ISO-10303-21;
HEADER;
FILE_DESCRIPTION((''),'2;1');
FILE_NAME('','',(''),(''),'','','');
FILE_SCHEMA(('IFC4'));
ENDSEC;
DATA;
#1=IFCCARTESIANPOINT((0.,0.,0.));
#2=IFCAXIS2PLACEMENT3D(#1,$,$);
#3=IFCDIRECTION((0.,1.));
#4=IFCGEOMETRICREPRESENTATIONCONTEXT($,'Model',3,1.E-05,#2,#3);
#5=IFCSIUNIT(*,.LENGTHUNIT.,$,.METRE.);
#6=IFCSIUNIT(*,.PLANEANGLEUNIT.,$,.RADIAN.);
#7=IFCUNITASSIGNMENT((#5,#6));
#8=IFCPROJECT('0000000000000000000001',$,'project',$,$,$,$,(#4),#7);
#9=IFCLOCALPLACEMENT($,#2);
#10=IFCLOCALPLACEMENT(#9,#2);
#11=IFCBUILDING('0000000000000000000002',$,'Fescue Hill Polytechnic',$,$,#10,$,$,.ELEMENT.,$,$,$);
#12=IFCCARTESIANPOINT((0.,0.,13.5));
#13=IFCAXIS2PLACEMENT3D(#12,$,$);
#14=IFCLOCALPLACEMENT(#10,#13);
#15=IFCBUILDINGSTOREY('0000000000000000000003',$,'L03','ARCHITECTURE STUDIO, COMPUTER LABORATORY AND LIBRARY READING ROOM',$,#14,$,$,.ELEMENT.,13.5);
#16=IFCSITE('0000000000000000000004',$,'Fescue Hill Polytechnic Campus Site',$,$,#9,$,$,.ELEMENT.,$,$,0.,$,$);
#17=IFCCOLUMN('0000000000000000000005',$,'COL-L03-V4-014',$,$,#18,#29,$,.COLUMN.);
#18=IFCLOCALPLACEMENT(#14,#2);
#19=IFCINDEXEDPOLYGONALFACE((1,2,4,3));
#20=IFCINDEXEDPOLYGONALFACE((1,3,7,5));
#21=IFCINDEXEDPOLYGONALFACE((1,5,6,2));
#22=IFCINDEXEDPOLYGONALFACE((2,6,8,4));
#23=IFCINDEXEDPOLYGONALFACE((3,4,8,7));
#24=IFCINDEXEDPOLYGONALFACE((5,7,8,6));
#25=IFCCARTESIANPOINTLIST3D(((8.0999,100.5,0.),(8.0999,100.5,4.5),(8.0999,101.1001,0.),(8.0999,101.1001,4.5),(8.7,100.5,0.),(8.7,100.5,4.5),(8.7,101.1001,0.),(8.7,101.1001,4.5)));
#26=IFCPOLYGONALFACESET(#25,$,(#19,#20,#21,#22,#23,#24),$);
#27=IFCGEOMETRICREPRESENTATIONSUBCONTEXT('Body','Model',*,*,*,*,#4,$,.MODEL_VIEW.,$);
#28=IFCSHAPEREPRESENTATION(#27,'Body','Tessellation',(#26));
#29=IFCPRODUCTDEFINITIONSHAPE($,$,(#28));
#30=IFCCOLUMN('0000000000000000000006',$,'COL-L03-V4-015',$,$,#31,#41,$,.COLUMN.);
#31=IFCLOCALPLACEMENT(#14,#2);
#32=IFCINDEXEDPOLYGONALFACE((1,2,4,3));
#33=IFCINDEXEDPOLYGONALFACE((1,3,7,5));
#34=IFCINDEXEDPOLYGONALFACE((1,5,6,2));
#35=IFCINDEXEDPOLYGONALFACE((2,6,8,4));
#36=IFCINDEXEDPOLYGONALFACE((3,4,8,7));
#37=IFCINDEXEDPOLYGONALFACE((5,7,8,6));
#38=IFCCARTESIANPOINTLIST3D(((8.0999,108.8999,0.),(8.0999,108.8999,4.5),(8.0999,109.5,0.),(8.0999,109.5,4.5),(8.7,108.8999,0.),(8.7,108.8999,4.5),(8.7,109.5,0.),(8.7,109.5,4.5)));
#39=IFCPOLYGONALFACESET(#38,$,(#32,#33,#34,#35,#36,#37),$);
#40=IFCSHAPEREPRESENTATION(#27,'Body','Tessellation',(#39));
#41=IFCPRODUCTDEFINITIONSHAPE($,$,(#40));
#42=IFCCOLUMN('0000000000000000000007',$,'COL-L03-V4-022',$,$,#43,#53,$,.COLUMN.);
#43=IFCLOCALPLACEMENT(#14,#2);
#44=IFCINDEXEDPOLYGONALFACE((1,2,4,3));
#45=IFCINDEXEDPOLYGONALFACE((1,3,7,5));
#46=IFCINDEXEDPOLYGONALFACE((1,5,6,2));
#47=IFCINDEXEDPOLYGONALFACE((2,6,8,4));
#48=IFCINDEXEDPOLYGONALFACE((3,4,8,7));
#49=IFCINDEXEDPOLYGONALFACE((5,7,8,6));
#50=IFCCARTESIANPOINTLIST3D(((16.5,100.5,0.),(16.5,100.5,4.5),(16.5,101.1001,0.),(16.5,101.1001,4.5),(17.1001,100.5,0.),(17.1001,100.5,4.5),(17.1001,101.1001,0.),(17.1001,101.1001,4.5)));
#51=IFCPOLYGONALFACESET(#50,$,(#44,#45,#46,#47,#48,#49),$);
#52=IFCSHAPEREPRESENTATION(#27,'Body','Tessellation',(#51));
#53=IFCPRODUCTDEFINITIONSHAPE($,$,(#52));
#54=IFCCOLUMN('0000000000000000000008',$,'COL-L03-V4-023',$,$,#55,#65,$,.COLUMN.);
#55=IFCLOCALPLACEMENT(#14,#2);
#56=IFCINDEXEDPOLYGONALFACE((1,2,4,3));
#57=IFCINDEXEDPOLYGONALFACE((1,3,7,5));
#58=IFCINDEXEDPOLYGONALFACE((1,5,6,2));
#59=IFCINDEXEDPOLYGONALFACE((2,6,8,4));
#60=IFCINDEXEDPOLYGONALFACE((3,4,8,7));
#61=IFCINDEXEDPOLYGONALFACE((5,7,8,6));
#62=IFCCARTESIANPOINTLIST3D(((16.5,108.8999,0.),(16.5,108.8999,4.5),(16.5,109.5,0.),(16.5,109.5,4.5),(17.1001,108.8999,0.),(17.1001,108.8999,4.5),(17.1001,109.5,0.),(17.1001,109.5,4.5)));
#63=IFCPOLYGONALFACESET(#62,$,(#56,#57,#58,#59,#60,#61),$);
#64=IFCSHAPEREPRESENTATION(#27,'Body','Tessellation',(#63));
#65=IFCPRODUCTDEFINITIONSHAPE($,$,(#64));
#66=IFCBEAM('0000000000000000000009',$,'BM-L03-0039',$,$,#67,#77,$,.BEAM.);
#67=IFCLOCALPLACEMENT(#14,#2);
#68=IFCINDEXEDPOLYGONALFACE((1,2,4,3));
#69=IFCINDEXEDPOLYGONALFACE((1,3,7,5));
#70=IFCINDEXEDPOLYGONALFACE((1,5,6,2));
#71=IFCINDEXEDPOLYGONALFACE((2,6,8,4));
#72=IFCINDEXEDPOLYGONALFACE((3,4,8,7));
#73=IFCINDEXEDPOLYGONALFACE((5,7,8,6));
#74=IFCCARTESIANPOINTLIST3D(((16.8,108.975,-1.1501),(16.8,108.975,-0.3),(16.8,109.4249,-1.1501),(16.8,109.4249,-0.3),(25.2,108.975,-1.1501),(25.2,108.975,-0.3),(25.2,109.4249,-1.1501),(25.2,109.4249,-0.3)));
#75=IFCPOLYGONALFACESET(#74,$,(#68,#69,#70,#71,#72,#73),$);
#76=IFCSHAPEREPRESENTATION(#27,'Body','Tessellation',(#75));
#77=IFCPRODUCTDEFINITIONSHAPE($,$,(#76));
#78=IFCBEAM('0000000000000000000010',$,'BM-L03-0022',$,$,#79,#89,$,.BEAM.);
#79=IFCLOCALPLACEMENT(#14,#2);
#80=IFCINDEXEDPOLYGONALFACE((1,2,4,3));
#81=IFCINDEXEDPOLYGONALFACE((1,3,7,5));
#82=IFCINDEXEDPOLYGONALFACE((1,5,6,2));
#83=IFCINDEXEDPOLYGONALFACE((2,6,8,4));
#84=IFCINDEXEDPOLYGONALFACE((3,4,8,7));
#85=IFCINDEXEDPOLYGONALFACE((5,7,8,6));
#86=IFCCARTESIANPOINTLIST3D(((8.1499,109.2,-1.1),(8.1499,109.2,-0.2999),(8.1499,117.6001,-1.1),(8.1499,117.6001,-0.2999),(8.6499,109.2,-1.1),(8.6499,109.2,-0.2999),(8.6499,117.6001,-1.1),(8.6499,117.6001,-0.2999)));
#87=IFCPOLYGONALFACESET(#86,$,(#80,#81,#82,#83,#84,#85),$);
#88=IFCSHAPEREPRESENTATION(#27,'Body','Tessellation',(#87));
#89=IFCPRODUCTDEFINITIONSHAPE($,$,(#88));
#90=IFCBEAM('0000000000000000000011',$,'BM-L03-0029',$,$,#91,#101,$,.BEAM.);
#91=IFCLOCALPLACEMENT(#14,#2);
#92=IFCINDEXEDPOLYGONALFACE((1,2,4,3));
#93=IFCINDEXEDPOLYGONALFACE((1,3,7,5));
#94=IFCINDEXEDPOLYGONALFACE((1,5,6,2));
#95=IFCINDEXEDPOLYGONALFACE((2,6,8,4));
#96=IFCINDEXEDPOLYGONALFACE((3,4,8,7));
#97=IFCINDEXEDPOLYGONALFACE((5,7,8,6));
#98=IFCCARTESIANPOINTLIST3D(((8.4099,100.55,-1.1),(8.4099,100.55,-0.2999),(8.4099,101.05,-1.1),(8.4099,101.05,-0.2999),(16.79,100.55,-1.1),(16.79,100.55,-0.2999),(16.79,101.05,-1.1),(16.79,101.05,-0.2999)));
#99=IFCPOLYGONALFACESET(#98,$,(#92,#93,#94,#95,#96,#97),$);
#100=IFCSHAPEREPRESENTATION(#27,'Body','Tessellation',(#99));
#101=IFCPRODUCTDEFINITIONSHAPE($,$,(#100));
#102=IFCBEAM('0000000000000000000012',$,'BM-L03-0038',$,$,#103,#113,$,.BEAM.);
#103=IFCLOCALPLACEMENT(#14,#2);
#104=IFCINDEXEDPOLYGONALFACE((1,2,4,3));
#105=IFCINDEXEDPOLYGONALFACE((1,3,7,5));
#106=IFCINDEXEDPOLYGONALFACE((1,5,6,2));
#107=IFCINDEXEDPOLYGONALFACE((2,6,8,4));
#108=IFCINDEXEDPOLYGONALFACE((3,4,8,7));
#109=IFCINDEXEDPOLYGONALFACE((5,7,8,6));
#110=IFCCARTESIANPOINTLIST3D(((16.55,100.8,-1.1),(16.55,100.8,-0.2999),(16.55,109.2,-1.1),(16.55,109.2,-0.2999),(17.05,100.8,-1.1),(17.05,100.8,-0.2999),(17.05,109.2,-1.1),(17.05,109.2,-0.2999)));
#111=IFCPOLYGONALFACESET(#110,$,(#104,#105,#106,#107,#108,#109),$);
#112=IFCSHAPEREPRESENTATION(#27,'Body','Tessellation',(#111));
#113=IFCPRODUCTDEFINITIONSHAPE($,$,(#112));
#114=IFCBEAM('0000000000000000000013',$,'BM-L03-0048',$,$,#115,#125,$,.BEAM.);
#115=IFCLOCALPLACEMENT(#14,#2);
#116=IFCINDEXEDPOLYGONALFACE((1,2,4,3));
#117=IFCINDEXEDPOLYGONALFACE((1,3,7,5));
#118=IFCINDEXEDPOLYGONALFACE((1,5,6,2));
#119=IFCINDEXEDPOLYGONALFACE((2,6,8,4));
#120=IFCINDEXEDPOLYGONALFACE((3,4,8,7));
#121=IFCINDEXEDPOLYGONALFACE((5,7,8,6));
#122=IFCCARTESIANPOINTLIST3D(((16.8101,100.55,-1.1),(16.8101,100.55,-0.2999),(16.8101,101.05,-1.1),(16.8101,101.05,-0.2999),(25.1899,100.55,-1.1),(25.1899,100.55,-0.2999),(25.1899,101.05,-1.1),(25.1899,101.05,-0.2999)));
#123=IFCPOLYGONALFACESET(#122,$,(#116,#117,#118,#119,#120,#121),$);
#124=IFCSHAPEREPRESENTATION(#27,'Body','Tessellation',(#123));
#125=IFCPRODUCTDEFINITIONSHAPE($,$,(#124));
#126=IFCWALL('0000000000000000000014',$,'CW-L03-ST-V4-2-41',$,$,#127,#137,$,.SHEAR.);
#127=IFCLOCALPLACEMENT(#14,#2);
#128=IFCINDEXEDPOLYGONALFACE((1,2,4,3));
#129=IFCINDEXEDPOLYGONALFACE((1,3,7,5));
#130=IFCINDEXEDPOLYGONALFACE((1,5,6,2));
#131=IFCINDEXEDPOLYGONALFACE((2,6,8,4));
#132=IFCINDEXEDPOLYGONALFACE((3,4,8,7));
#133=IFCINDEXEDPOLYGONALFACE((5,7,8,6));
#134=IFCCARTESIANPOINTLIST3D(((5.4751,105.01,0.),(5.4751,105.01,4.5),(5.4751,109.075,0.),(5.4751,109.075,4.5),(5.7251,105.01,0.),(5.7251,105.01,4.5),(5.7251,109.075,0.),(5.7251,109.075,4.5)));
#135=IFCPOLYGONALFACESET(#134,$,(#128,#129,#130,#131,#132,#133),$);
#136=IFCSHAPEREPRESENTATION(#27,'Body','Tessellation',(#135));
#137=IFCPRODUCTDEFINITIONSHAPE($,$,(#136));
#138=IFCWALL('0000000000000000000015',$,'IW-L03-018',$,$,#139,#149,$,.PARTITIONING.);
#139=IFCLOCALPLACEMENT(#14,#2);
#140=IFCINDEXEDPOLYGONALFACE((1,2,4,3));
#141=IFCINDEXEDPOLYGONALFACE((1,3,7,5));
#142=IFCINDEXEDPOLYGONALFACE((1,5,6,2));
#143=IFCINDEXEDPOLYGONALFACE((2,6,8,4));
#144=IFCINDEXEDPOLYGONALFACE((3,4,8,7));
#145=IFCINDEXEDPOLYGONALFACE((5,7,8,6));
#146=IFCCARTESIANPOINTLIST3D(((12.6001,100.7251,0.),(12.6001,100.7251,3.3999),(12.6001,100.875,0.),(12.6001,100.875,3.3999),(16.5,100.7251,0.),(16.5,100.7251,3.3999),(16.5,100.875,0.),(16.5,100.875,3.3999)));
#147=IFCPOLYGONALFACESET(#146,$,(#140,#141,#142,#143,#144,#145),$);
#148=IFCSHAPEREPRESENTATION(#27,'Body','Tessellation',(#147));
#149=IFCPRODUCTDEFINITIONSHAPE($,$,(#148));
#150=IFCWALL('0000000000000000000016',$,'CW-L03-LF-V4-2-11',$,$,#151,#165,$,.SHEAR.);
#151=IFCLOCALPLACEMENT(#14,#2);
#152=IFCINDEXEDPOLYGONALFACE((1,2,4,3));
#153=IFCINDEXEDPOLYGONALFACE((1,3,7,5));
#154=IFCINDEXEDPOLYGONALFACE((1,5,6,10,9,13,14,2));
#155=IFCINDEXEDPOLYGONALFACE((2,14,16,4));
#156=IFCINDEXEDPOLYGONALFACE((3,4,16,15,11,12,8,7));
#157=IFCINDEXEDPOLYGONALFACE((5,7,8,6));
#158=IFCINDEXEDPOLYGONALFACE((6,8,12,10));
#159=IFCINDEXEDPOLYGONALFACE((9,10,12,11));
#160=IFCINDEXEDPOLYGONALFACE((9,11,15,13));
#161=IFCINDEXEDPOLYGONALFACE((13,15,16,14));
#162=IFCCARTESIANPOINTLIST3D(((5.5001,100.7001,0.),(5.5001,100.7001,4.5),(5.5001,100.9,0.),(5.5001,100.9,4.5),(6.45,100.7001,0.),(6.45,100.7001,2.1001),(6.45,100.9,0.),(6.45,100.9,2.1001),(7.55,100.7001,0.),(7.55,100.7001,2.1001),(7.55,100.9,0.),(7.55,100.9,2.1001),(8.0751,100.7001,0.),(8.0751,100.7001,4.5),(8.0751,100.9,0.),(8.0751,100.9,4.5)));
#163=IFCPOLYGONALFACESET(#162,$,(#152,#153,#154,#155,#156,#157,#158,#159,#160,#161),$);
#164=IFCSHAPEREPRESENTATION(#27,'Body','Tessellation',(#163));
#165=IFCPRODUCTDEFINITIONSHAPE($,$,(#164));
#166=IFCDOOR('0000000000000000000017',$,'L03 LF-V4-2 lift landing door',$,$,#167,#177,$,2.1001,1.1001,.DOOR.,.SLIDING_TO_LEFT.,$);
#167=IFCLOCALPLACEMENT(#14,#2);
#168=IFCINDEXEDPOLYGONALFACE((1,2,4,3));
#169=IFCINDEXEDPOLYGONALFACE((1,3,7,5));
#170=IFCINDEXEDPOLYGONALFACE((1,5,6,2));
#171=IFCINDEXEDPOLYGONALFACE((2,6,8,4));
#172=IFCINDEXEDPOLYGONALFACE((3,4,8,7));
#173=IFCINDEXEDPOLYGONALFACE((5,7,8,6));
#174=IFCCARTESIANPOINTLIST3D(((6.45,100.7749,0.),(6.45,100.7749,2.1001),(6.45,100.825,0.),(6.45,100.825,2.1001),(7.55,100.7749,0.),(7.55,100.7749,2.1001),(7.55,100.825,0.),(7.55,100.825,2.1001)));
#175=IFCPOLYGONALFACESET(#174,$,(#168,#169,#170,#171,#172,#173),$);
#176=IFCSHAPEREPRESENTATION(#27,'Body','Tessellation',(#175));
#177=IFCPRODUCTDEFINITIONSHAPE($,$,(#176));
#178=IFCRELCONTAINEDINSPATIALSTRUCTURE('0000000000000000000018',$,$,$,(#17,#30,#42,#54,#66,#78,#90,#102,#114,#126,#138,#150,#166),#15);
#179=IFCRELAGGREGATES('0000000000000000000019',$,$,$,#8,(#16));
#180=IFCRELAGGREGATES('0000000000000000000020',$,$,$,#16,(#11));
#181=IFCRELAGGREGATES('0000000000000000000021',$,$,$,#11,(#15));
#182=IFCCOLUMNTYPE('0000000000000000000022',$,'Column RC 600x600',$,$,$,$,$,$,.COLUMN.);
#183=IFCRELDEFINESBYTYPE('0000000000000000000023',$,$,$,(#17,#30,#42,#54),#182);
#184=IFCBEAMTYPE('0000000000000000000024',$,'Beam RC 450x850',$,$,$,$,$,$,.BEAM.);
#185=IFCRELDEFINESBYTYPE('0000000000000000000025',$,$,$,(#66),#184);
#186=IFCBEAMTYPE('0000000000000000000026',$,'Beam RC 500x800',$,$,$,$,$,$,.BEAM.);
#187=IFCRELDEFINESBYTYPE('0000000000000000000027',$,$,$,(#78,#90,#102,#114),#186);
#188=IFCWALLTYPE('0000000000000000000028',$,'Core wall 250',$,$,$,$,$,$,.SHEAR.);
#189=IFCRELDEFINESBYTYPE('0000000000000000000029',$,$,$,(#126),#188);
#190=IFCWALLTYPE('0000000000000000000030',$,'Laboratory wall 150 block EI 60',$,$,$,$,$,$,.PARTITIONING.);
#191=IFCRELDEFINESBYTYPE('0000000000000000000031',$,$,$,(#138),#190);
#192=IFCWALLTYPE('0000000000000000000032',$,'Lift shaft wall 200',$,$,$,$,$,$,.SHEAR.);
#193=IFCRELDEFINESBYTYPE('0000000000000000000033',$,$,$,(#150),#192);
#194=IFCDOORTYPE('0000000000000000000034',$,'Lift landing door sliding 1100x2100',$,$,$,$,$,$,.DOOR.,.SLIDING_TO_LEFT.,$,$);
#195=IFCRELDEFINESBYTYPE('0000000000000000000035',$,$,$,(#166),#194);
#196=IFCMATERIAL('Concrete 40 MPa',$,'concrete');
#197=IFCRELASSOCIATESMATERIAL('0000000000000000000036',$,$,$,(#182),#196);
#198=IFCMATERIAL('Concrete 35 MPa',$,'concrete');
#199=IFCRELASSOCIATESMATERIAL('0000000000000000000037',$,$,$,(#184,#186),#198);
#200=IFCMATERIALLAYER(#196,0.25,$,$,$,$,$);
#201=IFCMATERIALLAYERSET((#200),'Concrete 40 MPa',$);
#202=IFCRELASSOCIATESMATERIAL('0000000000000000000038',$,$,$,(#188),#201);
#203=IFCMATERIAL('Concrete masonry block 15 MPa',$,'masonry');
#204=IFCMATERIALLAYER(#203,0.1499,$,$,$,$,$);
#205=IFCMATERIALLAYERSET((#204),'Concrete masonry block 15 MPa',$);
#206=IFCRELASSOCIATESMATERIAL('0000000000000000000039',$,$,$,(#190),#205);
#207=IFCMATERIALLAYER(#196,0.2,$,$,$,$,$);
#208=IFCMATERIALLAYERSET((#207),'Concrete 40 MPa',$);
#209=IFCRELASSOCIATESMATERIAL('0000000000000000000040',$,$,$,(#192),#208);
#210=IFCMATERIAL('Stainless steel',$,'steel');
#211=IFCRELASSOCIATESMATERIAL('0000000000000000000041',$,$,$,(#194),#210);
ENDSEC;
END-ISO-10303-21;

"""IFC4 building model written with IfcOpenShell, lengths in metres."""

from ifc_helpers import new_model, si_unit, direction, frame, frame_2d, origin, origin_2d, place, context, subcontext, project, spatial, rectangle, extrude, material, layer, layer_set, material_profile, profile_set, type_object, element, fill, save


model = new_model("IFC4")

# Units and contexts
model_context = context("Model", 3, precision=1e-05, world=origin(), true_north=direction((0.0, 1.0)))
body_context = subcontext(model_context, "Body", "Model", "MODEL_VIEW")
ifc_project = project(units=[si_unit("LENGTHUNIT", "METRE"), si_unit("PLANEANGLEUNIT", "RADIAN")], contexts=[model_context])

# Site, building, storey
site_placement = place(None, origin())
site = spatial("IfcSite", under=ifc_project, at=site_placement, Name="Fescue Hill Polytechnic Campus Site", CompositionType="ELEMENT", RefElevation=0.0)
building_placement = place(site_placement, origin())
building = spatial("IfcBuilding", under=site, at=building_placement, Name="Fescue Hill Polytechnic", CompositionType="ELEMENT")
storey_placement = place(building_placement, frame((0.0, 0.0, 13.5)))
storey = spatial("IfcBuildingStorey", under=building, at=storey_placement, Name="L03", Description="ARCHITECTURE STUDIO, COMPUTER LABORATORY AND LIBRARY READING ROOM", CompositionType="ELEMENT", Elevation=13.5)

# Columns
ifc_material_1 = material(Name="Concrete 40 MPa", Category="concrete")
ifc_material_profile_1 = material_profile(ifc_material_1, rectangle(XDim=0.6001, YDim=0.6001, at=origin_2d()), Name="RC 600x600")
ifc_profile_set_1 = profile_set([ifc_material_profile_1], Name="Concrete 40 MPa")
column_type = type_object("IfcColumnType", Name="Column RC 600x600", PredefinedType="COLUMN", material=ifc_profile_set_1)
for number, where, z_axis, x_axis, name in (
    (1, (8.3999, 100.8, 0.0), (0.0, 0.0, 1.0), (1.0, 0.0, 0.0), "COL-L03-V4-014"),
    (2, (8.3999, 109.2, 0.0), (0.0, 0.0, 1.0), (1.0, 0.0, 0.0), "COL-L03-V4-015"),
    (3, (16.8, 100.8, 0.0), (0.0, 0.0, 1.0), (1.0, 0.0, 0.0), "COL-L03-V4-022"),
    (4, (16.8, 109.2, 0.0), (0.0, 0.0, 1.0), (1.0, 0.0, 0.0), "COL-L03-V4-023"),
):
    element("IfcColumn", number, at=place(storey_placement, frame(where, z_axis=z_axis, x_axis=x_axis)), inside=storey, type_object=column_type, Name=name, PredefinedType="COLUMN", context=body_context, shape_type="SweptSolid", body=[
        extrude(rectangle(XDim=0.6001, YDim=0.6001, at=origin_2d()), origin(), (0.0, 0.0, 1.0), 4.5),
    ])

# Beams
ifc_material_2 = material(Name="Concrete 35 MPa", Category="concrete")
ifc_material_profile_2 = material_profile(ifc_material_2, rectangle(XDim=0.45, YDim=0.8501, at=origin_2d()), Name="RC 450x850")
ifc_profile_set_2 = profile_set([ifc_material_profile_2], Name="Concrete 35 MPa")
beam_type_1 = type_object("IfcBeamType", Name="Beam RC 450x850", PredefinedType="BEAM", material=ifc_profile_set_2)
beam_1_placement = place(storey_placement, frame((16.8, 109.2, -0.7251), z_axis=(1.0, 0.0, 0.0), x_axis=(0.0, 1.0, 0.0)))
element("IfcBeam", 5, at=beam_1_placement, inside=storey, type_object=beam_type_1, Name="BM-L03-0039", PredefinedType="BEAM", context=body_context, shape_type="SweptSolid", body=[
    extrude(rectangle(XDim=0.45, YDim=0.8501, at=origin_2d()), origin(), (0.0, 0.0, 1.0), 8.3999),
])
ifc_material_profile_3 = material_profile(ifc_material_2, rectangle(XDim=0.5, YDim=0.8, at=origin_2d()), Name="RC 500x800")
ifc_profile_set_3 = profile_set([ifc_material_profile_3], Name="Concrete 35 MPa")
beam_type_2 = type_object("IfcBeamType", Name="Beam RC 500x800", PredefinedType="BEAM", material=ifc_profile_set_3)
beam_2_placement = place(storey_placement, frame((8.3999, 109.2, -0.7), z_axis=(0.0, 1.0, 0.0), x_axis=(-1.0, 0.0, 0.0)))
element("IfcBeam", 6, at=beam_2_placement, inside=storey, type_object=beam_type_2, Name="BM-L03-0022", PredefinedType="BEAM", context=body_context, shape_type="SweptSolid", body=[
    extrude(rectangle(XDim=0.5, YDim=0.8, at=origin_2d()), origin(), (0.0, 0.0, 1.0), 8.4001),
])
beam_3_placement = place(storey_placement, frame((8.4099, 100.8, -0.7), z_axis=(1.0, 0.0, 0.0), x_axis=(0.0, 1.0, 0.0)))
element("IfcBeam", 7, at=beam_3_placement, inside=storey, type_object=beam_type_2, Name="BM-L03-0029", PredefinedType="BEAM", context=body_context, shape_type="SweptSolid", body=[
    extrude(rectangle(XDim=0.5, YDim=0.8, at=origin_2d()), origin(), (0.0, 0.0, 1.0), 8.3801),
])
beam_4_placement = place(storey_placement, frame((16.8, 100.8, -0.7), z_axis=(0.0, 1.0, 0.0), x_axis=(-1.0, 0.0, 0.0)))
element("IfcBeam", 8, at=beam_4_placement, inside=storey, type_object=beam_type_2, Name="BM-L03-0038", PredefinedType="BEAM", context=body_context, shape_type="SweptSolid", body=[
    extrude(rectangle(XDim=0.5, YDim=0.8, at=origin_2d()), origin(), (0.0, 0.0, 1.0), 8.3999),
])
beam_5_placement = place(storey_placement, frame((16.8101, 100.8, -0.7), z_axis=(1.0, 0.0, 0.0), x_axis=(0.0, 1.0, 0.0)))
element("IfcBeam", 9, at=beam_5_placement, inside=storey, type_object=beam_type_2, Name="BM-L03-0048", PredefinedType="BEAM", context=body_context, shape_type="SweptSolid", body=[
    extrude(rectangle(XDim=0.5, YDim=0.8, at=origin_2d()), origin(), (0.0, 0.0, 1.0), 8.3799),
])

# Walls
ifc_layer_1 = layer(ifc_material_1, 0.25)
ifc_layer_set_1 = layer_set([ifc_layer_1], Name="Concrete 40 MPa")
wall_type_1 = type_object("IfcWallType", Name="Core wall 250", PredefinedType="SHEAR", material=ifc_layer_set_1)
wall_1_placement = place(storey_placement, frame((5.6001, 105.01, 0.0), z_axis=(0.0, 0.0, 1.0), x_axis=(0.0, 1.0, 0.0)))
element("IfcWall", 10, at=wall_1_placement, inside=storey, type_object=wall_type_1, Name="CW-L03-ST-V4-2-41", PredefinedType="SHEAR", context=body_context, shape_type="SweptSolid", body=[
    extrude(rectangle(XDim=4.0649, YDim=0.25, at=frame_2d((2.0325, 0.0))), origin(), (0.0, 0.0, 1.0), 4.5),
])
ifc_material_3 = material(Name="Concrete masonry block 15 MPa", Category="masonry")
ifc_layer_2 = layer(ifc_material_3, 0.1499)
ifc_layer_set_2 = layer_set([ifc_layer_2], Name="Concrete masonry block 15 MPa")
wall_type_2 = type_object("IfcWallType", Name="Laboratory wall 150 block EI 60", PredefinedType="PARTITIONING", material=ifc_layer_set_2)
wall_2_placement = place(storey_placement, frame((12.6001, 100.8, 0.0), z_axis=(0.0, 0.0, 1.0), x_axis=(1.0, 0.0, 0.0)))
element("IfcWall", 11, at=wall_2_placement, inside=storey, type_object=wall_type_2, Name="IW-L03-018", PredefinedType="PARTITIONING", context=body_context, shape_type="SweptSolid", body=[
    extrude(rectangle(XDim=3.8999, YDim=0.1499, at=frame_2d((1.95, 0.0))), origin(), (0.0, 0.0, 1.0), 3.3999),
])

# Wall, opening, door
ifc_layer_3 = layer(ifc_material_1, 0.2)
ifc_layer_set_3 = layer_set([ifc_layer_3], Name="Concrete 40 MPa")
wall_type_3 = type_object("IfcWallType", Name="Lift shaft wall 200", PredefinedType="SHEAR", material=ifc_layer_set_3)
wall_3_placement = place(storey_placement, frame((5.5, 100.8, 0.0), z_axis=(0.0, 0.0, 1.0), x_axis=(1.0, 0.0, 0.0)))
wall_3 = element("IfcWall", 12, at=wall_3_placement, inside=storey, type_object=wall_type_3, Name="CW-L03-LF-V4-2-11", PredefinedType="SHEAR", context=body_context, shape_type="SweptSolid", body=[
    extrude(rectangle(XDim=2.575, YDim=0.2, at=frame_2d((1.2876, 0.0))), origin(), (0.0, 0.0, 1.0), 4.5),
])
opening_1_placement = place(wall_3_placement, frame((0.95, 0.0, 0.0)))
opening_1 = element("IfcOpeningElement", 13, at=opening_1_placement, cuts=wall_3, PredefinedType="OPENING", context=body_context, shape_type="SweptSolid", body=[
    extrude(rectangle(XDim=1.1001, YDim=2.1001, at=frame_2d((0.55, 1.05))), frame((0.0, 0.1099, 0.0), z_axis=(0.0, -1.0, 0.0), x_axis=(1.0, 0.0, 0.0)), (0.0, 0.0, 1.0), 0.22),
])
ifc_material_4 = material(Name="Stainless steel", Category="steel")
door_type = type_object("IfcDoorType", Name="Lift landing door sliding 1100x2100", OperationType="SLIDING_TO_LEFT", PredefinedType="DOOR", material=ifc_material_4)
door_1_placement = place(opening_1_placement, origin())
door_1 = element("IfcDoor", 14, at=door_1_placement, inside=storey, type_object=door_type, Name="L03 LF-V4-2 lift landing door", OperationType="SLIDING_TO_LEFT", OverallHeight=2.1001, OverallWidth=1.1001, PredefinedType="DOOR", context=body_context, shape_type="SweptSolid", body=[
    extrude(rectangle(XDim=1.1001, YDim=2.1001, at=frame_2d((0.55, 1.05))), frame((0.0, 0.0249, 0.0), z_axis=(0.0, -1.0, 0.0), x_axis=(1.0, 0.0, 0.0)), (0.0, 0.0, 1.0), 0.05),
])
fill(opening_1, door_1)

save(model, "model.ifc")
